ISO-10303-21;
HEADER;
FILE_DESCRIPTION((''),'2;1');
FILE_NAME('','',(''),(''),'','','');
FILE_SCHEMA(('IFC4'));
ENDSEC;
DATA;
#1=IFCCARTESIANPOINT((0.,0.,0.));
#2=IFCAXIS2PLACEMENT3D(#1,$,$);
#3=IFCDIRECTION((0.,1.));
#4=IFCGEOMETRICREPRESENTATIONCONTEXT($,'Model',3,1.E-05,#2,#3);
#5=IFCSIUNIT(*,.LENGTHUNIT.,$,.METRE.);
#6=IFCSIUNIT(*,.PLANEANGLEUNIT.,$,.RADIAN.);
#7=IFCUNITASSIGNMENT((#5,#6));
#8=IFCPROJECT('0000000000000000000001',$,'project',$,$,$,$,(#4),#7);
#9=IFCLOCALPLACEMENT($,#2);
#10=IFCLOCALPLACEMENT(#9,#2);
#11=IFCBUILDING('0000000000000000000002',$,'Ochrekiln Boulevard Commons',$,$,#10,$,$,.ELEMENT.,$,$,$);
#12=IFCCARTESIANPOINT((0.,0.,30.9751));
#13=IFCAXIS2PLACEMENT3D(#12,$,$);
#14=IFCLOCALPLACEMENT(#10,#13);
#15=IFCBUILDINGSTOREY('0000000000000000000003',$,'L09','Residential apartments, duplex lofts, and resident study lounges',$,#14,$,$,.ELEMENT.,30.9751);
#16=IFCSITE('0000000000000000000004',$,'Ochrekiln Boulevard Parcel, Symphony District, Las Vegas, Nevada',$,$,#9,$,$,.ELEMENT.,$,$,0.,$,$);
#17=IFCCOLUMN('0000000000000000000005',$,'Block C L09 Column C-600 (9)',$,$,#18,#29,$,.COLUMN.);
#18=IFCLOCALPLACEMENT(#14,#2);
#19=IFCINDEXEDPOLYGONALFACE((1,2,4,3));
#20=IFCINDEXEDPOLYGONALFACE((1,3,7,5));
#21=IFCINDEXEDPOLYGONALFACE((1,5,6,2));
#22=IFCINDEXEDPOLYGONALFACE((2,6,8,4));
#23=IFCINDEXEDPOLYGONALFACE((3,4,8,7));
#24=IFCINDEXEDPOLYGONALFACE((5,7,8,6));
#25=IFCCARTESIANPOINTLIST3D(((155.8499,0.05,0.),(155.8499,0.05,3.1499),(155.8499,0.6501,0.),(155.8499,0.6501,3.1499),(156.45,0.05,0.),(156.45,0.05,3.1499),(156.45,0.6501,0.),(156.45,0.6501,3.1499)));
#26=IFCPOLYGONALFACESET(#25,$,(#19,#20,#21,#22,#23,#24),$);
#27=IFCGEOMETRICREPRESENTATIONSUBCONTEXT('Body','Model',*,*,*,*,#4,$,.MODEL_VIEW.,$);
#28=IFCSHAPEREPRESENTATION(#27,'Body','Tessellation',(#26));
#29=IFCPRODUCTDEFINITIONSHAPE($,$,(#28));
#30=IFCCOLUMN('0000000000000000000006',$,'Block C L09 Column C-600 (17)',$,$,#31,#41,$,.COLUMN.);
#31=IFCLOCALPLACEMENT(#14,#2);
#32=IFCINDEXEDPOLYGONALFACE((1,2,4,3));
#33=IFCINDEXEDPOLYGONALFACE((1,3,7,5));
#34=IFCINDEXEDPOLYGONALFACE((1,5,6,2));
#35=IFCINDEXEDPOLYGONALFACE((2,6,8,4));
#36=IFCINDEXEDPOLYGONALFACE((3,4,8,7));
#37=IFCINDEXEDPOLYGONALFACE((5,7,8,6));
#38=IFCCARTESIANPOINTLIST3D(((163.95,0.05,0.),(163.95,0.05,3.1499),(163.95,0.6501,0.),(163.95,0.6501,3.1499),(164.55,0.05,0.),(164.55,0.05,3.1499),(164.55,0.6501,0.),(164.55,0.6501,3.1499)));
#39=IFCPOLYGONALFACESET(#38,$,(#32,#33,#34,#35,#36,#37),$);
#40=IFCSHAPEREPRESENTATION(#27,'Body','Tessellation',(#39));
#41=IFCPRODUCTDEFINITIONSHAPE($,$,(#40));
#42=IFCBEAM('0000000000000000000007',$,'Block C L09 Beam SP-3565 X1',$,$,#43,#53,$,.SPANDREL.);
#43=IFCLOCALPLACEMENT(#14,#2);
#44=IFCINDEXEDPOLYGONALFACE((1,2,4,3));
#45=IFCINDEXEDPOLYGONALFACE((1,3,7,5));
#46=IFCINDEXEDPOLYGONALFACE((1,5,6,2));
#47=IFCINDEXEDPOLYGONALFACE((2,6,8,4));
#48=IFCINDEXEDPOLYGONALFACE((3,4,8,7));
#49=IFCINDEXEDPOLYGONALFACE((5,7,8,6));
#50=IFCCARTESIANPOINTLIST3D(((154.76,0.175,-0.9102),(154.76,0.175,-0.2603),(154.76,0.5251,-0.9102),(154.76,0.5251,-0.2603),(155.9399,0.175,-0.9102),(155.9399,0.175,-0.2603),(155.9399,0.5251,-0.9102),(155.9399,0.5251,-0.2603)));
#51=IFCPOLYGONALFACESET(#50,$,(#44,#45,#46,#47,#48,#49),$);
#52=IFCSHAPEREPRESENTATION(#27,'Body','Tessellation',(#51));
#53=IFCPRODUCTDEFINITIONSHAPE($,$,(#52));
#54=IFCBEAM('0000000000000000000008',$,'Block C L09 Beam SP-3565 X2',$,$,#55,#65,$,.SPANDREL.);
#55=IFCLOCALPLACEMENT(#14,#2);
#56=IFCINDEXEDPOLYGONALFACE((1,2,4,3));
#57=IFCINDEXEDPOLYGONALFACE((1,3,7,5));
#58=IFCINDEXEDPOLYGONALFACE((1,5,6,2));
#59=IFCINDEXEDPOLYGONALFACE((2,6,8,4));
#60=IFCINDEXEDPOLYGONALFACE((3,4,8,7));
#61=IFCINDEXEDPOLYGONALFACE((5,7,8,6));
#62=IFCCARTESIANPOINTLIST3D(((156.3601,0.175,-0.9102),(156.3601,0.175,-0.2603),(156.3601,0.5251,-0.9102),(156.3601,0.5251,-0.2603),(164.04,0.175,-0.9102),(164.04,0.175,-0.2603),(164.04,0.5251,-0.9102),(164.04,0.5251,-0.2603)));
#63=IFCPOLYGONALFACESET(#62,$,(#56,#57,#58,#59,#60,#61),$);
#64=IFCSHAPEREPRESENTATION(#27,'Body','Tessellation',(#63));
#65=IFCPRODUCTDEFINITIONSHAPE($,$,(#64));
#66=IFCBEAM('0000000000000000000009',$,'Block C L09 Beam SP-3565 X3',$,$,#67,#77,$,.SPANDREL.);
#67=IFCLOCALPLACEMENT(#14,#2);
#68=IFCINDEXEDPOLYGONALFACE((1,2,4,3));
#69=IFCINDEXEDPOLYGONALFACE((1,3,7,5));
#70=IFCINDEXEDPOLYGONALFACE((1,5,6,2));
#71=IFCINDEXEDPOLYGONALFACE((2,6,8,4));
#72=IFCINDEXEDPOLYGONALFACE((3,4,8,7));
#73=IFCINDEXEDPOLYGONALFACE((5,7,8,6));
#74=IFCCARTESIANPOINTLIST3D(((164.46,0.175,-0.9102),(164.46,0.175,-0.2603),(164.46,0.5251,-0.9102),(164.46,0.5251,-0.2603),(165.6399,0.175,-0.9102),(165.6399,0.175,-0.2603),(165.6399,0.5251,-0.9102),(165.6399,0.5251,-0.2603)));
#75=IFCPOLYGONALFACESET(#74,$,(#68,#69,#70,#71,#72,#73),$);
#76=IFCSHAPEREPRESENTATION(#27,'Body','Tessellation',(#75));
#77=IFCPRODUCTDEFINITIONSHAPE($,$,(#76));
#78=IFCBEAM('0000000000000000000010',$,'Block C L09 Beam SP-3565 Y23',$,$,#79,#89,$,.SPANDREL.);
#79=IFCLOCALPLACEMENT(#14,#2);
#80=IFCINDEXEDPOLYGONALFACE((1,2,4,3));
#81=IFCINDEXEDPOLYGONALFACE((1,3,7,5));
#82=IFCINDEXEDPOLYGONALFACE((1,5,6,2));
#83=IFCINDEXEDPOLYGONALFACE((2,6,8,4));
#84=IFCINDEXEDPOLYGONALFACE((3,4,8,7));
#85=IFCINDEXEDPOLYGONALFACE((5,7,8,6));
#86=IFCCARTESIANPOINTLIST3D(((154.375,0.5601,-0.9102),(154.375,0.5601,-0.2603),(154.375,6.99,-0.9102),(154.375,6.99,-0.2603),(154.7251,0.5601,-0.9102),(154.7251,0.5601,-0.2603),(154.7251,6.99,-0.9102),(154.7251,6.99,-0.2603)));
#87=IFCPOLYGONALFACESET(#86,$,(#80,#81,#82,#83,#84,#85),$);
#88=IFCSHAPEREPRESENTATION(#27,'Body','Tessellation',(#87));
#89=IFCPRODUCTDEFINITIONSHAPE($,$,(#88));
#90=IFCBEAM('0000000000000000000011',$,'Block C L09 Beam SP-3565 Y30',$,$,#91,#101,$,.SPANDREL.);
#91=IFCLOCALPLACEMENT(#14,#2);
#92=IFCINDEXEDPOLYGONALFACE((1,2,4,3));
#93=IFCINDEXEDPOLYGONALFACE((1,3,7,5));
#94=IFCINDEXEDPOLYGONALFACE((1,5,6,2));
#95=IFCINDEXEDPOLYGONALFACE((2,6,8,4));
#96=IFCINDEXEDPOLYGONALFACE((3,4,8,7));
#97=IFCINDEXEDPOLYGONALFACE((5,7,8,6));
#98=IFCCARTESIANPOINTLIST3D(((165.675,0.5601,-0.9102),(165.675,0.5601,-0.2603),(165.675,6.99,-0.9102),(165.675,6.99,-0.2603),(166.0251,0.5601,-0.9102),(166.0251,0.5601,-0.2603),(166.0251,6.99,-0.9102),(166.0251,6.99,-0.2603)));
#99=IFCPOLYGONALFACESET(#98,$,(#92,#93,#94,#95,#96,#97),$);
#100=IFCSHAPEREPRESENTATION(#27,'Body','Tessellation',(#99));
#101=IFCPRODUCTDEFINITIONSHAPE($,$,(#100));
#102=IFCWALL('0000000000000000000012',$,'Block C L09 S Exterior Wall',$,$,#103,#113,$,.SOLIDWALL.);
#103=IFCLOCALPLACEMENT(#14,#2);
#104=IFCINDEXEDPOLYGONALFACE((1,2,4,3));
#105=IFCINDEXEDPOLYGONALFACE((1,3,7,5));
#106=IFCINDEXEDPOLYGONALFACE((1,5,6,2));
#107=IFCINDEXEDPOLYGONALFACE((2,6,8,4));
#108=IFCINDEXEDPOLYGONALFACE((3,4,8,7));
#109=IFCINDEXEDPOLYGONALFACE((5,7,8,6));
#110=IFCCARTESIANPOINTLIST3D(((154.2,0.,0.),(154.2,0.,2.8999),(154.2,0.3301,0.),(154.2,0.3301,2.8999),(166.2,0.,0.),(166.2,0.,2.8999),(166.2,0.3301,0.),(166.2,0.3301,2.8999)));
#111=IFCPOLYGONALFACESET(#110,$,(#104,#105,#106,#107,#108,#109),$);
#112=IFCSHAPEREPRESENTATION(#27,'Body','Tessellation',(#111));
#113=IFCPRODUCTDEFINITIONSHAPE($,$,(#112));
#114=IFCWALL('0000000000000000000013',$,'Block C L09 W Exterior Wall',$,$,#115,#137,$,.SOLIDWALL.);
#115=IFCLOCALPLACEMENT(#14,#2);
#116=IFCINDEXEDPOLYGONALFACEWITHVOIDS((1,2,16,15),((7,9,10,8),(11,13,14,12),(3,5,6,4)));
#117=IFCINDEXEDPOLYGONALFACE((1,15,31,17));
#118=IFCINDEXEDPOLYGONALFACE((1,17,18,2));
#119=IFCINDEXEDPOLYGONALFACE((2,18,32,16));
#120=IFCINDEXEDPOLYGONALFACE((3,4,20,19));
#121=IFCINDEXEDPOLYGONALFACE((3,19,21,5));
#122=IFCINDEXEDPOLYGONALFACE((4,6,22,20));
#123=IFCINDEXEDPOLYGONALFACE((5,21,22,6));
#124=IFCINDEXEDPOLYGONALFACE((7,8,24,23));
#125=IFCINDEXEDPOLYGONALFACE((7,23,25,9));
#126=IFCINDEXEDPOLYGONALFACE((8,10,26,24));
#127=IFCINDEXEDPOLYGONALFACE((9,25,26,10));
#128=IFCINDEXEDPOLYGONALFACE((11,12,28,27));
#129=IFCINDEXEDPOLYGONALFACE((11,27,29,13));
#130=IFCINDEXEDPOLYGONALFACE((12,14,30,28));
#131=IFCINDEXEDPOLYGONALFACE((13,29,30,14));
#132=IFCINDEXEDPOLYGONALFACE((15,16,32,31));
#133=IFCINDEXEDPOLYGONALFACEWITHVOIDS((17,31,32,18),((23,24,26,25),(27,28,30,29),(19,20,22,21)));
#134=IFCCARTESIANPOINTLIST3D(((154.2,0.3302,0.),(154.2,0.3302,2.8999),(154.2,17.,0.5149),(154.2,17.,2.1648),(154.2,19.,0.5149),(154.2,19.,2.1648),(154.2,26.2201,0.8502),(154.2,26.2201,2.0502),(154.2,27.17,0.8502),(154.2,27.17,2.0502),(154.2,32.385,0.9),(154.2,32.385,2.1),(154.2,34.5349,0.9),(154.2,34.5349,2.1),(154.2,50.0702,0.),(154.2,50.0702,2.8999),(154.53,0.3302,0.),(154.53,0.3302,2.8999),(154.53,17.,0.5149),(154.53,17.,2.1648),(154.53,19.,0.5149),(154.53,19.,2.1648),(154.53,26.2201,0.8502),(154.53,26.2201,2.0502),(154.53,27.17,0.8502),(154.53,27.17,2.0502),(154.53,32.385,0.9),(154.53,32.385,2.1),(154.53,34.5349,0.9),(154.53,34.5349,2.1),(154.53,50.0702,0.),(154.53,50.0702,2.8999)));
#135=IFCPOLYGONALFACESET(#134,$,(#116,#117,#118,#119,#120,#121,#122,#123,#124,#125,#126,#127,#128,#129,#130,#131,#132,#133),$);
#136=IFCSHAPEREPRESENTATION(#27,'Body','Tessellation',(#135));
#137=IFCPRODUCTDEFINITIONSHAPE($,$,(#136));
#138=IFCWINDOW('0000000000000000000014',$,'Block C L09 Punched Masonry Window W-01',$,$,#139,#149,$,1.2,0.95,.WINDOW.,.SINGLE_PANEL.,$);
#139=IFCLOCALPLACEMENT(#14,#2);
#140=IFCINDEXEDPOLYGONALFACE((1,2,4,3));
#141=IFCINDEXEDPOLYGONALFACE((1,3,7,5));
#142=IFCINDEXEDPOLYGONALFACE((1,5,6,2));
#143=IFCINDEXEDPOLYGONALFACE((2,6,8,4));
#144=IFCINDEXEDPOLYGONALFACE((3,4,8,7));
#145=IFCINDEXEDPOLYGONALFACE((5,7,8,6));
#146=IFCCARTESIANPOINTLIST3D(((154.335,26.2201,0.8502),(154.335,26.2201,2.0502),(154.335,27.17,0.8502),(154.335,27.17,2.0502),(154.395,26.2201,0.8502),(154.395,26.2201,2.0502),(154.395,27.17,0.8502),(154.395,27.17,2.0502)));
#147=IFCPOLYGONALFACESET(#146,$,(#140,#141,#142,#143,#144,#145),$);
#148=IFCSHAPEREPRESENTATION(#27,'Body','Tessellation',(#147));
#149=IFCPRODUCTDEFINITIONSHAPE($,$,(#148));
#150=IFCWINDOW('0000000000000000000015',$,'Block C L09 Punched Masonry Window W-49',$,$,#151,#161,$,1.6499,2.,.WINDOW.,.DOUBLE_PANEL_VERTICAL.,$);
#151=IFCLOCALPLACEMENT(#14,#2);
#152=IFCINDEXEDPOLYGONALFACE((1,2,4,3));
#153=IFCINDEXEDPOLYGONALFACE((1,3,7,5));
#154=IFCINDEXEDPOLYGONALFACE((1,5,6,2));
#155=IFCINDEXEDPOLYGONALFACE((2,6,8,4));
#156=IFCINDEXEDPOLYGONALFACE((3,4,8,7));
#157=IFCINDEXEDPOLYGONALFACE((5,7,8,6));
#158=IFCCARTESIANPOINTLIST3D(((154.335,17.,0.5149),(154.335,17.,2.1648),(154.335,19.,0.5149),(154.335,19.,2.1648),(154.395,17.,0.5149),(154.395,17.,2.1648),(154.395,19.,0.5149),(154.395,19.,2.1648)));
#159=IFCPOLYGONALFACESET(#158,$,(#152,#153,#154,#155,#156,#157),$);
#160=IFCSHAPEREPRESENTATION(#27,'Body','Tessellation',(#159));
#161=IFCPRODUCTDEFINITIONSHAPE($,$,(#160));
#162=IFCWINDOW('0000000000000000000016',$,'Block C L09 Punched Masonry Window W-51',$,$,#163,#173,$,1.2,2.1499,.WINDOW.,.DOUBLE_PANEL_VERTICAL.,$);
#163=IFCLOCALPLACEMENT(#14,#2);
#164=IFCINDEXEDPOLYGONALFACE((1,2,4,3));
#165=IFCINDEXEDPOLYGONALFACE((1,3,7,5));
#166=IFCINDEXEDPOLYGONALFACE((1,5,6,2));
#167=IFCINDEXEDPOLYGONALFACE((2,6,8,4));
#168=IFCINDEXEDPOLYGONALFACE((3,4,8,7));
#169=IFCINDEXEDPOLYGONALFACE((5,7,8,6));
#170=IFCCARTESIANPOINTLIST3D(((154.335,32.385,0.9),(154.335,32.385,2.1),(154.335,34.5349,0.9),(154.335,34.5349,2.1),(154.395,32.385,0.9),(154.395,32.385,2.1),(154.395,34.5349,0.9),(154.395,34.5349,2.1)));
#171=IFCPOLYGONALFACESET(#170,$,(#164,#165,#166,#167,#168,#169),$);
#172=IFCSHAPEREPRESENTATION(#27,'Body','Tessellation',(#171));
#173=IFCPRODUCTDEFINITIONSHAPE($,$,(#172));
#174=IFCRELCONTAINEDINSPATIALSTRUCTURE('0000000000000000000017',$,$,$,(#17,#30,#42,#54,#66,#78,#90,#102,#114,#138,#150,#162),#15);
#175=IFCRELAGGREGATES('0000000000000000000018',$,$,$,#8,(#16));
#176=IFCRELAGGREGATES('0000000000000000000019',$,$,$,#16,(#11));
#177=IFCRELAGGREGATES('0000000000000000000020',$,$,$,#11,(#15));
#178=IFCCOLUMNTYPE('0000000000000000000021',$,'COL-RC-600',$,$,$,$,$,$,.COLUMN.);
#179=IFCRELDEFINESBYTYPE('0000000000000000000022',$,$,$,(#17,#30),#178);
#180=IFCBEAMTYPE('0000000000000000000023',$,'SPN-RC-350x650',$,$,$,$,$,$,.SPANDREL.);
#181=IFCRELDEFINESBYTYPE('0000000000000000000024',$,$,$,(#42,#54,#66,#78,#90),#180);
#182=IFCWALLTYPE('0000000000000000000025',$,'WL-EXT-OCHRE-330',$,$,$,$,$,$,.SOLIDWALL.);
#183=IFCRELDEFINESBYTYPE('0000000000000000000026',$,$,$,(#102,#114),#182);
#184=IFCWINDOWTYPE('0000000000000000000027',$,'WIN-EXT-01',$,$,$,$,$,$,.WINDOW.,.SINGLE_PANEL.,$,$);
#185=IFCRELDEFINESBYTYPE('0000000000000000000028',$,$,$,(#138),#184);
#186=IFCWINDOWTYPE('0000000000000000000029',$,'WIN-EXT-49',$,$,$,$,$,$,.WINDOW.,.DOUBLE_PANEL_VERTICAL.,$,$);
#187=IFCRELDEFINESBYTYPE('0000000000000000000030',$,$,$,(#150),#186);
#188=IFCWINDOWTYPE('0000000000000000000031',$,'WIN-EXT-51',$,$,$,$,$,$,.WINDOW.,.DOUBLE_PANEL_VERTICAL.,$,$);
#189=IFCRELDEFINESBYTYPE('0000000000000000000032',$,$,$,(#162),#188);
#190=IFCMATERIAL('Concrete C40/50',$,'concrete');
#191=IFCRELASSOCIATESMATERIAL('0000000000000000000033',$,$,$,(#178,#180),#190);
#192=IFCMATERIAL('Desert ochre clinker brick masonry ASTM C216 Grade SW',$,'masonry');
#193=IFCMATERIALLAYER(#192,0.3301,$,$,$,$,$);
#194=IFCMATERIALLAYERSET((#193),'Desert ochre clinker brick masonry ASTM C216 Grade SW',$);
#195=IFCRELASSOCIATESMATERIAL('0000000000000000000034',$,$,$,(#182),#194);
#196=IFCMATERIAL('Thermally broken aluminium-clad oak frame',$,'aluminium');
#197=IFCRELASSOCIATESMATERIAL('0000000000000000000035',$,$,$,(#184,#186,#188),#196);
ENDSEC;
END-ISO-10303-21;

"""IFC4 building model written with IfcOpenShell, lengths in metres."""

from ifc_helpers import new_model, si_unit, direction, frame, frame_2d, origin, origin_2d, place, context, subcontext, project, spatial, rectangle, extrude, material, layer, layer_set, material_profile, profile_set, type_object, element, fill, save


model = new_model("IFC4")

# Units and contexts
model_context = context("Model", 3, precision=1e-05, world=origin(), true_north=direction((0.0, 1.0)))
body_context = subcontext(model_context, "Body", "Model", "MODEL_VIEW")
ifc_project = project(units=[si_unit("LENGTHUNIT", "METRE"), si_unit("PLANEANGLEUNIT", "RADIAN")], contexts=[model_context])

# Site, building, storey
site_placement = place(None, origin())
site = spatial("IfcSite", under=ifc_project, at=site_placement, Name="Ochrekiln Boulevard Parcel, Symphony District, Las Vegas, Nevada", CompositionType="ELEMENT", RefElevation=0.0)
building_placement = place(site_placement, origin())
building = spatial("IfcBuilding", under=site, at=building_placement, Name="Ochrekiln Boulevard Commons", CompositionType="ELEMENT")
storey_placement = place(building_placement, frame((0.0, 0.0, 30.9751)))
storey = spatial("IfcBuildingStorey", under=building, at=storey_placement, Name="L09", Description="Residential apartments, duplex lofts, and resident study lounges", CompositionType="ELEMENT", Elevation=30.9751)

# Columns
ifc_material_1 = material(Name="Concrete C40/50", Category="concrete")
ifc_material_profile_1 = material_profile(ifc_material_1, rectangle(XDim=0.6001, YDim=0.6001, at=origin_2d()), Name="RC-COL-600x600")
ifc_profile_set_1 = profile_set([ifc_material_profile_1], Name="Concrete C40/50")
column_type = type_object("IfcColumnType", Name="COL-RC-600", PredefinedType="COLUMN", material=ifc_profile_set_1)
for number, where, z_axis, x_axis, name in (
    (1, (156.1499, 0.3501, 0.0), (0.0, 0.0, 1.0), (1.0, 0.0, 0.0), "Block C L09 Column C-600 (9)"),
    (2, (164.25, 0.3501, 0.0), (0.0, 0.0, 1.0), (1.0, 0.0, 0.0), "Block C L09 Column C-600 (17)"),
):
    element("IfcColumn", number, at=place(storey_placement, frame(where, z_axis=z_axis, x_axis=x_axis)), inside=storey, type_object=column_type, Name=name, PredefinedType="COLUMN", context=body_context, shape_type="SweptSolid", body=[
        extrude(rectangle(XDim=0.6001, YDim=0.6001, at=origin_2d()), origin(), (0.0, 0.0, 1.0), 3.1499),
    ])

# Beams
ifc_material_profile_2 = material_profile(ifc_material_1, rectangle(XDim=0.3501, YDim=0.6499, at=origin_2d()), Name="RC-SPN-350x650")
ifc_profile_set_2 = profile_set([ifc_material_profile_2], Name="Concrete C40/50")
beam_type = type_object("IfcBeamType", Name="SPN-RC-350x650", PredefinedType="SPANDREL", material=ifc_profile_set_2)
beam_1_placement = place(storey_placement, frame((154.76, 0.3501, -0.5852), z_axis=(1.0, 0.0, 0.0), x_axis=(0.0, 1.0, 0.0)))
element("IfcBeam", 3, at=beam_1_placement, inside=storey, type_object=beam_type, Name="Block C L09 Beam SP-3565 X1", PredefinedType="SPANDREL", context=body_context, shape_type="SweptSolid", body=[
    extrude(rectangle(XDim=0.3501, YDim=0.6499, at=origin_2d()), origin(), (0.0, 0.0, 1.0), 1.1799),
])
beam_2_placement = place(storey_placement, frame((156.3601, 0.3501, -0.5852), z_axis=(1.0, 0.0, 0.0), x_axis=(0.0, 1.0, 0.0)))
element("IfcBeam", 4, at=beam_2_placement, inside=storey, type_object=beam_type, Name="Block C L09 Beam SP-3565 X2", PredefinedType="SPANDREL", context=body_context, shape_type="SweptSolid", body=[
    extrude(rectangle(XDim=0.3501, YDim=0.6499, at=origin_2d()), origin(), (0.0, 0.0, 1.0), 7.6799),
])
beam_3_placement = place(storey_placement, frame((164.46, 0.3501, -0.5852), z_axis=(1.0, 0.0, 0.0), x_axis=(0.0, 1.0, 0.0)))
element("IfcBeam", 5, at=beam_3_placement, inside=storey, type_object=beam_type, Name="Block C L09 Beam SP-3565 X3", PredefinedType="SPANDREL", context=body_context, shape_type="SweptSolid", body=[
    extrude(rectangle(XDim=0.3501, YDim=0.6499, at=origin_2d()), origin(), (0.0, 0.0, 1.0), 1.1799),
])
for number, where, z_axis, x_axis, name in (
    (6, (154.55, 0.5601, -0.5852), (0.0, 1.0, 0.0), (-1.0, 0.0, 0.0), "Block C L09 Beam SP-3565 Y23"),
    (7, (165.8501, 0.5601, -0.5852), (0.0, 1.0, 0.0), (-1.0, 0.0, 0.0), "Block C L09 Beam SP-3565 Y30"),
):
    element("IfcBeam", number, at=place(storey_placement, frame(where, z_axis=z_axis, x_axis=x_axis)), inside=storey, type_object=beam_type, Name=name, PredefinedType="SPANDREL", context=body_context, shape_type="SweptSolid", body=[
        extrude(rectangle(XDim=0.3501, YDim=0.6499, at=origin_2d()), origin(), (0.0, 0.0, 1.0), 6.4299),
    ])

# Wall
ifc_material_2 = material(Name="Desert ochre clinker brick masonry ASTM C216 Grade SW", Category="masonry")
ifc_layer_1 = layer(ifc_material_2, 0.3301)
ifc_layer_set_1 = layer_set([ifc_layer_1], Name="Desert ochre clinker brick masonry ASTM C216 Grade SW")
wall_type_1 = type_object("IfcWallType", Name="WL-EXT-OCHRE-330", PredefinedType="SOLIDWALL", material=ifc_layer_set_1)
wall_1_placement = place(storey_placement, frame((154.2, 0.165, 0.0), z_axis=(0.0, 0.0, 1.0), x_axis=(1.0, 0.0, 0.0)))
element("IfcWall", 8, at=wall_1_placement, inside=storey, type_object=wall_type_1, Name="Block C L09 S Exterior Wall", PredefinedType="SOLIDWALL", context=body_context, shape_type="SweptSolid", body=[
    extrude(rectangle(XDim=12.0, YDim=0.3301, at=frame_2d((6.0, 0.0))), origin(), (0.0, 0.0, 1.0), 2.8999),
])

# Wall, openings, windows
wall_2_placement = place(storey_placement, frame((154.365, 0.3301, 0.0), z_axis=(0.0, 0.0, 1.0), x_axis=(0.0, 1.0, 0.0)))
wall_2 = element("IfcWall", 9, at=wall_2_placement, inside=storey, type_object=wall_type_1, Name="Block C L09 W Exterior Wall", PredefinedType="SOLIDWALL", context=body_context, shape_type="SweptSolid", body=[
    extrude(rectangle(XDim=49.74, YDim=0.3301, at=frame_2d((24.8701, 0.0))), origin(), (0.0, 0.0, 1.0), 2.8999),
])
opening_1_placement = place(wall_2_placement, frame((16.6699, 0.0, 0.5149)))
opening_1 = element("IfcOpeningElement", 10, at=opening_1_placement, cuts=wall_2, PredefinedType="OPENING", context=body_context, shape_type="SweptSolid", body=[
    extrude(rectangle(XDim=2.0, YDim=1.6499, at=frame_2d((1.0, 0.825))), frame((0.0, 0.175, 0.0), z_axis=(0.0, -1.0, 0.0), x_axis=(1.0, 0.0, 0.0)), (0.0, 0.0, 1.0), 0.3501),
])
opening_2_placement = place(wall_2_placement, frame((25.8899, 0.0, 0.8501)))
opening_2 = element("IfcOpeningElement", 11, at=opening_2_placement, cuts=wall_2, PredefinedType="OPENING", context=body_context, shape_type="SweptSolid", body=[
    extrude(rectangle(XDim=0.95, YDim=1.2, at=frame_2d((0.4751, 0.6001))), frame((0.0, 0.175, 0.0), z_axis=(0.0, -1.0, 0.0), x_axis=(1.0, 0.0, 0.0)), (0.0, 0.0, 1.0), 0.3501),
])
opening_3_placement = place(wall_2_placement, frame((32.0549, 0.0, 0.8999)))
opening_3 = element("IfcOpeningElement", 12, at=opening_3_placement, cuts=wall_2, PredefinedType="OPENING", context=body_context, shape_type="SweptSolid", body=[
    extrude(rectangle(XDim=2.1499, YDim=1.2, at=frame_2d((1.075, 0.6001))), frame((0.0, 0.175, 0.0), z_axis=(0.0, -1.0, 0.0), x_axis=(1.0, 0.0, 0.0)), (0.0, 0.0, 1.0), 0.3501),
])
ifc_material_3 = material(Name="Thermally broken aluminium-clad oak frame", Category="aluminium")
window_type_1 = type_object("IfcWindowType", Name="WIN-EXT-01", PartitioningType="SINGLE_PANEL", PredefinedType="WINDOW", material=ifc_material_3)
window_1_placement = place(opening_2_placement, origin())
window_1 = element("IfcWindow", 13, at=window_1_placement, inside=storey, type_object=window_type_1, Name="Block C L09 Punched Masonry Window W-01", OverallHeight=1.2, OverallWidth=0.95, PartitioningType="SINGLE_PANEL", PredefinedType="WINDOW", context=body_context, shape_type="SweptSolid", body=[
    extrude(rectangle(XDim=0.95, YDim=1.2, at=frame_2d((0.4751, 0.6001))), frame((0.0, 0.03, 0.0), z_axis=(0.0, -1.0, 0.0), x_axis=(1.0, 0.0, 0.0)), (0.0, 0.0, 1.0), 0.0601),
])
fill(opening_2, window_1)
window_type_2 = type_object("IfcWindowType", Name="WIN-EXT-49", PartitioningType="DOUBLE_PANEL_VERTICAL", PredefinedType="WINDOW", material=ifc_material_3)
window_2_placement = place(opening_1_placement, origin())
window_2 = element("IfcWindow", 14, at=window_2_placement, inside=storey, type_object=window_type_2, Name="Block C L09 Punched Masonry Window W-49", OverallHeight=1.6499, OverallWidth=2.0, PartitioningType="DOUBLE_PANEL_VERTICAL", PredefinedType="WINDOW", context=body_context, shape_type="SweptSolid", body=[
    extrude(rectangle(XDim=2.0, YDim=1.6499, at=frame_2d((1.0, 0.825))), frame((0.0, 0.03, 0.0), z_axis=(0.0, -1.0, 0.0), x_axis=(1.0, 0.0, 0.0)), (0.0, 0.0, 1.0), 0.0601),
])
fill(opening_1, window_2)
window_type_3 = type_object("IfcWindowType", Name="WIN-EXT-51", PartitioningType="DOUBLE_PANEL_VERTICAL", PredefinedType="WINDOW", material=ifc_material_3)
window_3_placement = place(opening_3_placement, origin())
window_3 = element("IfcWindow", 15, at=window_3_placement, inside=storey, type_object=window_type_3, Name="Block C L09 Punched Masonry Window W-51", OverallHeight=1.2, OverallWidth=2.1499, PartitioningType="DOUBLE_PANEL_VERTICAL", PredefinedType="WINDOW", context=body_context, shape_type="SweptSolid", body=[
    extrude(rectangle(XDim=2.1499, YDim=1.2, at=frame_2d((1.075, 0.6001))), frame((0.0, 0.03, 0.0), z_axis=(0.0, -1.0, 0.0), x_axis=(1.0, 0.0, 0.0)), (0.0, 0.0, 1.0), 0.0601),
])
fill(opening_3, window_3)

save(model, "model.ifc")
